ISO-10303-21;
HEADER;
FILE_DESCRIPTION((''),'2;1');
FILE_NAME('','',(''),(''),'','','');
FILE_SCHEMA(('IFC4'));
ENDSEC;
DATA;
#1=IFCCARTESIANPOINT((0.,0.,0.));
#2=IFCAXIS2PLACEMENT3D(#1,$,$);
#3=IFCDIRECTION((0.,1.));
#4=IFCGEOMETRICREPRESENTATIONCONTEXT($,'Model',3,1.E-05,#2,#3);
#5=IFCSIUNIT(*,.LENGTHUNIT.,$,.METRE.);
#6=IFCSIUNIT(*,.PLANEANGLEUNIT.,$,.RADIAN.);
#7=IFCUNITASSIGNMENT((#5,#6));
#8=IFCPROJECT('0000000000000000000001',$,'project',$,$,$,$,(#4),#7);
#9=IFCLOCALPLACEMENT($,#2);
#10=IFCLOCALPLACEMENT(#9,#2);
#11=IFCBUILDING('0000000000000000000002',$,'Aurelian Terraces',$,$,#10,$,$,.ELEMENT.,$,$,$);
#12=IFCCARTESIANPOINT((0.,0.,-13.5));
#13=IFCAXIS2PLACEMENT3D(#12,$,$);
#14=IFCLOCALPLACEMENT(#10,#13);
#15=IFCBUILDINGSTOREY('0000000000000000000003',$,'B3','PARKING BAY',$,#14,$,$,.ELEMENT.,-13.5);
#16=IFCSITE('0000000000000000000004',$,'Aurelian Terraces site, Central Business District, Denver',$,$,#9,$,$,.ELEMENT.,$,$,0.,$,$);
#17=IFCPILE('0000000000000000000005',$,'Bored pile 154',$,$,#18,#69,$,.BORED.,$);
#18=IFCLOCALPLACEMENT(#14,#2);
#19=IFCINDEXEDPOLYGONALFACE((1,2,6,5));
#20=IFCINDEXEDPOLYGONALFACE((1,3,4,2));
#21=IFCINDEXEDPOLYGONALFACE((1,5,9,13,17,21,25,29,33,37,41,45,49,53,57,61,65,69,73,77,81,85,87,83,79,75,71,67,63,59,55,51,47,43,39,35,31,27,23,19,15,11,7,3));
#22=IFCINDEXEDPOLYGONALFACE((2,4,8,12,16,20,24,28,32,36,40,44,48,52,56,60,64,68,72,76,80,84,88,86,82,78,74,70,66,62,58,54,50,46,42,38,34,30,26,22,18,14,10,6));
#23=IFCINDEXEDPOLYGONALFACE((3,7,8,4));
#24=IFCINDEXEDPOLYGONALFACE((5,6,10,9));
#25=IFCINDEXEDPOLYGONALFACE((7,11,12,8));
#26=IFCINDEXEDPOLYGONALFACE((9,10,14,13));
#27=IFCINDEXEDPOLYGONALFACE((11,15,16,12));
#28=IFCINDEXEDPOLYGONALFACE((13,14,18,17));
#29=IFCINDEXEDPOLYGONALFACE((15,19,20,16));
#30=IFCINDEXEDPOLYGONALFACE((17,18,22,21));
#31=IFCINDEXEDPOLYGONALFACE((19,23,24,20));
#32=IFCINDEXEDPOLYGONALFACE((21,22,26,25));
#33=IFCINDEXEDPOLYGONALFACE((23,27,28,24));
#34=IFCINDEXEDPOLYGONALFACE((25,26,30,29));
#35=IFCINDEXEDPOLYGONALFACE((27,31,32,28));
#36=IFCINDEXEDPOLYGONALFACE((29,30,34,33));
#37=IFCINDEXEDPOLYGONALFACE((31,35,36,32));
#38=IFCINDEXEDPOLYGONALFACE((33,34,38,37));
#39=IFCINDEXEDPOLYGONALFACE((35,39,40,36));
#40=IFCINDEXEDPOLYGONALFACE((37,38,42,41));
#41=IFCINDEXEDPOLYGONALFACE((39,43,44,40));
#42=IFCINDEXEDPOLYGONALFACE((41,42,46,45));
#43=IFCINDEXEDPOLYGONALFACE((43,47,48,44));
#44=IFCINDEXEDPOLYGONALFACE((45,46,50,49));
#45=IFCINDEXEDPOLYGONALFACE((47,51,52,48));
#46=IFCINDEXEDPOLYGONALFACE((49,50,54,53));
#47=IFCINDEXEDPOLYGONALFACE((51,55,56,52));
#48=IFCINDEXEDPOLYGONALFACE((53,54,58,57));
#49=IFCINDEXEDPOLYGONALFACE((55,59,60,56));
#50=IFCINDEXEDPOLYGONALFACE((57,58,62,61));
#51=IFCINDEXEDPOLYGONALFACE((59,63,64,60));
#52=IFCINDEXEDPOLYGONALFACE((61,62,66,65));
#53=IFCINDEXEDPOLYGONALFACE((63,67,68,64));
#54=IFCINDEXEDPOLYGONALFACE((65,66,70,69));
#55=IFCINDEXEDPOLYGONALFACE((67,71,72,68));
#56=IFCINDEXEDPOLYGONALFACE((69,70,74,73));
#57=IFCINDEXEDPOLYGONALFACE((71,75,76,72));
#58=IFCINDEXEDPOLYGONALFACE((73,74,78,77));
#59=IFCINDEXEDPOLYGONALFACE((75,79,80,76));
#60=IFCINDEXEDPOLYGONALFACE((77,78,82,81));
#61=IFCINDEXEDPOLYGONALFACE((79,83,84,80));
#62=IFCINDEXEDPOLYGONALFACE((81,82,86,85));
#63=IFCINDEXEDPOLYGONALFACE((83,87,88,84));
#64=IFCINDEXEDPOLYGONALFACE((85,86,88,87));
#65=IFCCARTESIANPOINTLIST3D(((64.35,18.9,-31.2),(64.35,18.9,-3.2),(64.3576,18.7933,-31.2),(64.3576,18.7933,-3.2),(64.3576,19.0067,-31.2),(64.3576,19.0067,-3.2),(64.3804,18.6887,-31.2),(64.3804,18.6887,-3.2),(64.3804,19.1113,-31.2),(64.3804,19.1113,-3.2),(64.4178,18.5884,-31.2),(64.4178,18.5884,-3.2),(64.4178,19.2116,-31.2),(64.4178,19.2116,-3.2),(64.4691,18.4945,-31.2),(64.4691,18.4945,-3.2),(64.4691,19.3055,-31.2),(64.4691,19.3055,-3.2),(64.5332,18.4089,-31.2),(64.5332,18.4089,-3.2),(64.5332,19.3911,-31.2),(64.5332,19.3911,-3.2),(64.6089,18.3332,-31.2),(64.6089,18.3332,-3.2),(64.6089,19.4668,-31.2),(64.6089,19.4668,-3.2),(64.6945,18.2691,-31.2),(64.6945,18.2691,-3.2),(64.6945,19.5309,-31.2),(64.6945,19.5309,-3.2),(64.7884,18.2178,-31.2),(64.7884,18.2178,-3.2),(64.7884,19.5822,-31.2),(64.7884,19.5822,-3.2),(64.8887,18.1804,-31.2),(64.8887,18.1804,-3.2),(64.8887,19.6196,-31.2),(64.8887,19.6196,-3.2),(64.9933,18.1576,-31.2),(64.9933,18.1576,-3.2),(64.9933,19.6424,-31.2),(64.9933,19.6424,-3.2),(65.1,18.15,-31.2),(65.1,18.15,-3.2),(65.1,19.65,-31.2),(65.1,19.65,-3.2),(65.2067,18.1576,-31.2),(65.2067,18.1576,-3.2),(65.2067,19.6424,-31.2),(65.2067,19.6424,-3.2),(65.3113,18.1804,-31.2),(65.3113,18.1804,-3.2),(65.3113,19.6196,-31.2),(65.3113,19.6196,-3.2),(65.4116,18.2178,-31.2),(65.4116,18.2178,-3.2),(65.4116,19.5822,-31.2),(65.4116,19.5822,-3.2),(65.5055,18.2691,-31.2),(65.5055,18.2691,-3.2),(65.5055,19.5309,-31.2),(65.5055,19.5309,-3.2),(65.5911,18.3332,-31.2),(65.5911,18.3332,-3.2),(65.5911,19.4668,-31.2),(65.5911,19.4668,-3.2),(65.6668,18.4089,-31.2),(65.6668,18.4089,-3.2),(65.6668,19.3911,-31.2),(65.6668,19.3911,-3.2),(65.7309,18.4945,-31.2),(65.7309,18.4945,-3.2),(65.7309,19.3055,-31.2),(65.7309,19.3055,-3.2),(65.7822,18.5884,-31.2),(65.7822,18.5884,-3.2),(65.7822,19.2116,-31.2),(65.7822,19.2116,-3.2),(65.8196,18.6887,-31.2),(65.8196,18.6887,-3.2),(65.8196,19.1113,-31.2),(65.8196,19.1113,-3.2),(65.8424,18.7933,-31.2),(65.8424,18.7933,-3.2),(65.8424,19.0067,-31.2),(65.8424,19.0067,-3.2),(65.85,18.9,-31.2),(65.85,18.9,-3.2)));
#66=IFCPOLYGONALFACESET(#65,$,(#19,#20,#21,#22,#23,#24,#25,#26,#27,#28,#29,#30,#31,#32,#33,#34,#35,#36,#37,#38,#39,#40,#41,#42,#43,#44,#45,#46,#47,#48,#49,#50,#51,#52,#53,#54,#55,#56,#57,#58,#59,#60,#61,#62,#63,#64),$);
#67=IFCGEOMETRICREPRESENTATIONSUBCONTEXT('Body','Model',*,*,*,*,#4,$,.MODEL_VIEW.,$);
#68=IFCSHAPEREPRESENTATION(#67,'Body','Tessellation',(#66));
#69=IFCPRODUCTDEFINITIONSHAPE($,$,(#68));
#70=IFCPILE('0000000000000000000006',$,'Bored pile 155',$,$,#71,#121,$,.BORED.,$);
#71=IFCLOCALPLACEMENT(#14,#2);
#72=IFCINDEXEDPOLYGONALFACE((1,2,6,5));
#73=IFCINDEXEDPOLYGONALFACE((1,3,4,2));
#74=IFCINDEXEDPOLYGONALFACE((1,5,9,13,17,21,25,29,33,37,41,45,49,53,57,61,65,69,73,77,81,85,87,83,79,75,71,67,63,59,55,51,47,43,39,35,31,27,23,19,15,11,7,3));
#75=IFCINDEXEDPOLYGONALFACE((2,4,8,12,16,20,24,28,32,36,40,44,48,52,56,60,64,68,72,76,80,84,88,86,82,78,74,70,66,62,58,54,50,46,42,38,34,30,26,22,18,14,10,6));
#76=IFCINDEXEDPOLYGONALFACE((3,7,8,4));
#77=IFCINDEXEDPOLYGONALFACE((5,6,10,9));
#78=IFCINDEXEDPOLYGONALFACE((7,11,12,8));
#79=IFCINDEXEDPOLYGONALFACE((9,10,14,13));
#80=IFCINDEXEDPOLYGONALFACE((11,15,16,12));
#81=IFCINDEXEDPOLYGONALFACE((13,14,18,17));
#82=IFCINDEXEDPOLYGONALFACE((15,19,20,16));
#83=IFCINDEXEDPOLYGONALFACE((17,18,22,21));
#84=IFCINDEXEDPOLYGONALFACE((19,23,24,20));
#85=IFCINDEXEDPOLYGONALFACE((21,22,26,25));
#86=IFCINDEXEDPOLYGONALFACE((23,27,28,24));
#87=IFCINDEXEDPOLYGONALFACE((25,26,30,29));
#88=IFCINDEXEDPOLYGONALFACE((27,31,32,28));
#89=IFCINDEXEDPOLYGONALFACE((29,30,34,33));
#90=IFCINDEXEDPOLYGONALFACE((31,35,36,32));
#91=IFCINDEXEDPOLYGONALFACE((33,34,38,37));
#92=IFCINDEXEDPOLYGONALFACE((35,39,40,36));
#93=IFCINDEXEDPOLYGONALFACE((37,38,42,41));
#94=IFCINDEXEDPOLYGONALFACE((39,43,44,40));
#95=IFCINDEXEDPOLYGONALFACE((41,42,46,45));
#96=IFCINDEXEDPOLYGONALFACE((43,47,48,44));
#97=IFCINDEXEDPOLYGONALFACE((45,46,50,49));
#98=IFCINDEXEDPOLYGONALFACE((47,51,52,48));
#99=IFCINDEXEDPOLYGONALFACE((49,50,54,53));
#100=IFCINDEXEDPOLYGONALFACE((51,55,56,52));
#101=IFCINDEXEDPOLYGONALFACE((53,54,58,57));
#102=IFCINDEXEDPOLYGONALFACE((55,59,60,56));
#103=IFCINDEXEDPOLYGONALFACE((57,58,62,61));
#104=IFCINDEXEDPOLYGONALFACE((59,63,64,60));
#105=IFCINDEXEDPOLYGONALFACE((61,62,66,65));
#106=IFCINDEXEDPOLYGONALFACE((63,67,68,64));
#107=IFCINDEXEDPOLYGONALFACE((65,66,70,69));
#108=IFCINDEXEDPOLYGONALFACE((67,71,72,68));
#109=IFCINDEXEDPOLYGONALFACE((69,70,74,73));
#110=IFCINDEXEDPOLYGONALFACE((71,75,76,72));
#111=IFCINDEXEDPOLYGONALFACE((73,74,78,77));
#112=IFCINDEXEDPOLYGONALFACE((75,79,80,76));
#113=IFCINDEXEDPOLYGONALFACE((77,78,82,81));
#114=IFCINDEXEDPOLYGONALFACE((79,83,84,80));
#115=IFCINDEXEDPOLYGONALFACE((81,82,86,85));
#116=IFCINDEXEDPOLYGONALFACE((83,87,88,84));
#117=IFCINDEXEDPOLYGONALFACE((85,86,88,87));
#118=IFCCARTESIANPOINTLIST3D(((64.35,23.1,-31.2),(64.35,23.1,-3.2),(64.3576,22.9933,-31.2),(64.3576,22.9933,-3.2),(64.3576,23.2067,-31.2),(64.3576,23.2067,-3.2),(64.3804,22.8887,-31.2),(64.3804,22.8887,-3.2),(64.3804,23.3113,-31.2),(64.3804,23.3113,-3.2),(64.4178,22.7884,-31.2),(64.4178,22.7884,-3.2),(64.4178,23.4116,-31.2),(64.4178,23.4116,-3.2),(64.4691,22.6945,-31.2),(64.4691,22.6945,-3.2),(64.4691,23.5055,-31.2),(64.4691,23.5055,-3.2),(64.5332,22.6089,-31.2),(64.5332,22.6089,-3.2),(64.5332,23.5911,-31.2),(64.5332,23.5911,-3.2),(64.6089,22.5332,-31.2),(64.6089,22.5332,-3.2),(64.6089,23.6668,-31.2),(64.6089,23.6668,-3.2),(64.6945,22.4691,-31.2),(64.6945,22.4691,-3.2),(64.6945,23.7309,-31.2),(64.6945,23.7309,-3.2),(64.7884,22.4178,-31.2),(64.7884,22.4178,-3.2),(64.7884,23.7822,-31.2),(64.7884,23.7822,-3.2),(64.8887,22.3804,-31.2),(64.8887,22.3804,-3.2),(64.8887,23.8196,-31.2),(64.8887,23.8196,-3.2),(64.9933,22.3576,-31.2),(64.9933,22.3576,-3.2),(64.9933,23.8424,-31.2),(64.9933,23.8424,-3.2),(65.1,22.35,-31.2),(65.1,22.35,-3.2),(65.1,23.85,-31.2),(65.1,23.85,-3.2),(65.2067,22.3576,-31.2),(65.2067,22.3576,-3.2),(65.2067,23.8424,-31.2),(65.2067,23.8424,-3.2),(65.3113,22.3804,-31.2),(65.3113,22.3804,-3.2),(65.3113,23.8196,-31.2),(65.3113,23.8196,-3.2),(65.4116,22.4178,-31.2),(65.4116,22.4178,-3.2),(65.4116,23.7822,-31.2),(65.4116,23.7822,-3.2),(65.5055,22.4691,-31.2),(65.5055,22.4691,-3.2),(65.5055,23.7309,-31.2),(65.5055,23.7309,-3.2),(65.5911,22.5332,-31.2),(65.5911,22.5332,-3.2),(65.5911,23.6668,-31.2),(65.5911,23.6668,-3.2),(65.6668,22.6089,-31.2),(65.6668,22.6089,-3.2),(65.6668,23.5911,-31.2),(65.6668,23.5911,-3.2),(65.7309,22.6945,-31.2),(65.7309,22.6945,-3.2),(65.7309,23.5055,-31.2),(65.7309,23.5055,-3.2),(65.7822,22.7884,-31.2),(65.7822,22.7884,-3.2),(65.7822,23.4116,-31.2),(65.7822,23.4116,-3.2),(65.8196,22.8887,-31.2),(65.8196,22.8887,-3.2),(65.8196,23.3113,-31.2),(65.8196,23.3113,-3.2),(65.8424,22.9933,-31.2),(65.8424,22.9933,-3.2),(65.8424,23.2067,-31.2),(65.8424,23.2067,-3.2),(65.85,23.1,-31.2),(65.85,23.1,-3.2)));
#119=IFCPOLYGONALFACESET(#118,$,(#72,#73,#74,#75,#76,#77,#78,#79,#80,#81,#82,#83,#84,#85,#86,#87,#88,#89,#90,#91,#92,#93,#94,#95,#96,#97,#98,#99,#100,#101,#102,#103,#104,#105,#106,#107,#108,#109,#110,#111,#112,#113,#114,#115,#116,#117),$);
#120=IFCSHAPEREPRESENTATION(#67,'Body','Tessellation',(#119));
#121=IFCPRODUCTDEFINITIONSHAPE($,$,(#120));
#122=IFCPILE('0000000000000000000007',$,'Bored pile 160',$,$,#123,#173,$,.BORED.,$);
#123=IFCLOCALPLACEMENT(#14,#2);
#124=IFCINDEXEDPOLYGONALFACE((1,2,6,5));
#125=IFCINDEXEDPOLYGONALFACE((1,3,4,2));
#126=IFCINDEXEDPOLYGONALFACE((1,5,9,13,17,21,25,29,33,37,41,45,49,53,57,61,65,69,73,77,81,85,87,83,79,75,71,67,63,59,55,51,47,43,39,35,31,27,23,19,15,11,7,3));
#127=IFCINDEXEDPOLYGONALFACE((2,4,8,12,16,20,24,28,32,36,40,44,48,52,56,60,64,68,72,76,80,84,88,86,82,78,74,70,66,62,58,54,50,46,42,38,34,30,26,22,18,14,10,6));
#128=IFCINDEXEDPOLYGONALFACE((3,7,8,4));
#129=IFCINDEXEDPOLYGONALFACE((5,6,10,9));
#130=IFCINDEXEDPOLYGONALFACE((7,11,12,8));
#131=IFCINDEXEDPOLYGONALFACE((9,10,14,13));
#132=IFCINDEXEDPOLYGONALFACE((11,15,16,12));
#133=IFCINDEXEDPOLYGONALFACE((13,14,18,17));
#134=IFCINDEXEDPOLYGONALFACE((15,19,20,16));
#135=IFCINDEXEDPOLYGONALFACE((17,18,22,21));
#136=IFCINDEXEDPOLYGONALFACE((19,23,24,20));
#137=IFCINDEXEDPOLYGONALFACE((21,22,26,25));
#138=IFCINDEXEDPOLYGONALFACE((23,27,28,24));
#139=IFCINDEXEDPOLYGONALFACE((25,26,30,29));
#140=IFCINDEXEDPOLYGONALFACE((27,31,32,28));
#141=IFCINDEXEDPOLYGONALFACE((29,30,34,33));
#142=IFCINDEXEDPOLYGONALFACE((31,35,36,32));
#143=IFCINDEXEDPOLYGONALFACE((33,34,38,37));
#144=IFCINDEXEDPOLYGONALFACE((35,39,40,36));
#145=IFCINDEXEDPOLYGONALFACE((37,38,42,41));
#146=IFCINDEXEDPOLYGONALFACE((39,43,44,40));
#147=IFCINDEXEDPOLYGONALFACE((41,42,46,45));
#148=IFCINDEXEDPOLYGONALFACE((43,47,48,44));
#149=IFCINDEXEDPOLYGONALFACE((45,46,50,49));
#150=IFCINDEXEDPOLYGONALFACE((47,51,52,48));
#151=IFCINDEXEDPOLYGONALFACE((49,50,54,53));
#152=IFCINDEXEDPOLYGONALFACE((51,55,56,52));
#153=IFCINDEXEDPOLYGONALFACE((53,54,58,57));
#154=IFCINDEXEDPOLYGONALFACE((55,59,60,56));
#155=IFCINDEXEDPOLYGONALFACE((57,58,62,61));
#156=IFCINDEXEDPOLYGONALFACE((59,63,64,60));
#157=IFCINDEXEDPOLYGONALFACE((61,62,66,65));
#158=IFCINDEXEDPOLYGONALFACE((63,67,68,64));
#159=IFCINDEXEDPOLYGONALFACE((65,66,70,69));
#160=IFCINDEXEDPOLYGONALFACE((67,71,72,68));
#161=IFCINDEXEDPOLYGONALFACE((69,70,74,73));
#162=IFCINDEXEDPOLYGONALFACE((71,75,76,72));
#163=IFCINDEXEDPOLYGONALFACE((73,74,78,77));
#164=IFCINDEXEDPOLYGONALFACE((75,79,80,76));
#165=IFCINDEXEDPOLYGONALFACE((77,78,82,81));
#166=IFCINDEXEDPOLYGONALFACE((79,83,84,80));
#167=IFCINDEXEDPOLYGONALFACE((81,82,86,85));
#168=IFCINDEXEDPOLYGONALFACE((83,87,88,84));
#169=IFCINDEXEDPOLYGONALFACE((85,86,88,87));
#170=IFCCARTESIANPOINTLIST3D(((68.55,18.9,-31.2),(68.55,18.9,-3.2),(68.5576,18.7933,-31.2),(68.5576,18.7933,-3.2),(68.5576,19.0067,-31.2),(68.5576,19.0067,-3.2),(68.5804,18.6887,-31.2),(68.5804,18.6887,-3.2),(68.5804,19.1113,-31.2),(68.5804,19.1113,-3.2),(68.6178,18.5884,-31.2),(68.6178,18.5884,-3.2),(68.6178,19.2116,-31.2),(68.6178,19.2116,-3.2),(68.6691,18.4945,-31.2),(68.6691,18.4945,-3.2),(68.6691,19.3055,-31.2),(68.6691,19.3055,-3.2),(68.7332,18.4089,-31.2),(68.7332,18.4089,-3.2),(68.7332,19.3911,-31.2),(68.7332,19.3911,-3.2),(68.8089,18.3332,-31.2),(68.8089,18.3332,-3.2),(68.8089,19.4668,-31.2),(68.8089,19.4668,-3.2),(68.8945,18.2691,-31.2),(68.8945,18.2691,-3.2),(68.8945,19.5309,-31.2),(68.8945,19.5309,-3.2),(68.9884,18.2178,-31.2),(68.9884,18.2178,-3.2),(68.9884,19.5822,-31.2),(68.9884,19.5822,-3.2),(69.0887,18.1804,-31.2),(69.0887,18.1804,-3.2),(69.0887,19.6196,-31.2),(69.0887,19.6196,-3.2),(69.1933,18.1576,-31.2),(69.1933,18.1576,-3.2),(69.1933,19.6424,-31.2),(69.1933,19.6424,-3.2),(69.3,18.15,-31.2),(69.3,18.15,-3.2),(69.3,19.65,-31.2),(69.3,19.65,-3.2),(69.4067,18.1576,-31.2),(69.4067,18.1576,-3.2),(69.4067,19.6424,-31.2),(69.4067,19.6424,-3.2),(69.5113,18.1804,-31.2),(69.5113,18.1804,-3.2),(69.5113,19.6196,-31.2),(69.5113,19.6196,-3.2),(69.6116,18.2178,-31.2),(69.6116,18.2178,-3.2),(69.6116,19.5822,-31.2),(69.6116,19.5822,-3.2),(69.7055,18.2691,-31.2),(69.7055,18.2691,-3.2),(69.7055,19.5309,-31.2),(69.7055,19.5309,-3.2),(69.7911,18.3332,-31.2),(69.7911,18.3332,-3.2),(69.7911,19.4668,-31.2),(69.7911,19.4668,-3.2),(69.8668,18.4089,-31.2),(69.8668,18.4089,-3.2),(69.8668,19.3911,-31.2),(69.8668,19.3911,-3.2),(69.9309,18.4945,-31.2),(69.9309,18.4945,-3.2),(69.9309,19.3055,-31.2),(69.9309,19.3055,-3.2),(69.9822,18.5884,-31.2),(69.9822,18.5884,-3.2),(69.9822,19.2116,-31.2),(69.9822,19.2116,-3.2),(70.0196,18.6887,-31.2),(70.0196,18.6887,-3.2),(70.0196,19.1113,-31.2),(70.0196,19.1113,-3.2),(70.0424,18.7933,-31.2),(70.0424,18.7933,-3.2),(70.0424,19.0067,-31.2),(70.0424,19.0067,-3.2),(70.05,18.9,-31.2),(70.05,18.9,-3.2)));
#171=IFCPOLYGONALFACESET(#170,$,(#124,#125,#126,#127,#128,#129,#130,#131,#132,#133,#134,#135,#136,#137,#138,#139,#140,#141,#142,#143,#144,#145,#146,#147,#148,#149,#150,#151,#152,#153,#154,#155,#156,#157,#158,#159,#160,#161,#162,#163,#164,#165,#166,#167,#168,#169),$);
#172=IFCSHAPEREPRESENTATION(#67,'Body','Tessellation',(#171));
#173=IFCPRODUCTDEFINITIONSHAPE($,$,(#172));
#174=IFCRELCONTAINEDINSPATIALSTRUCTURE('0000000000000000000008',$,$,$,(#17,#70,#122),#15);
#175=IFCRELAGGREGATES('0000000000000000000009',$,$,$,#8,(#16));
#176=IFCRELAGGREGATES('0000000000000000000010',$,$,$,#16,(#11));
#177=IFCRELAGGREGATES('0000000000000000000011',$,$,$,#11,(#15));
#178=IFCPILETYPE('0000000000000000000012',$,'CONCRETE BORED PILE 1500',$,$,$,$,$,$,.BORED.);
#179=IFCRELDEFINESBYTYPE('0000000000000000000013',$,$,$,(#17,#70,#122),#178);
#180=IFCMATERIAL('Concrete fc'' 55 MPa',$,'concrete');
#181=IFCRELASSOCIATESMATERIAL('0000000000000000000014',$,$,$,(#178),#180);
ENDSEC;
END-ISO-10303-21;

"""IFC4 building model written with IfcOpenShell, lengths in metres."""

from ifc_helpers import new_model, si_unit, direction, frame, origin, origin_2d, place, context, subcontext, project, spatial, circle, extrude, source, transform, mapped, material, material_profile, profile_set, type_object, element, save


model = new_model("IFC4")

# Units and contexts
model_context = context("Model", 3, precision=1e-05, world=origin(), true_north=direction((0.0, 1.0)))
body_context = subcontext(model_context, "Body", "Model", "MODEL_VIEW")
ifc_project = project(units=[si_unit("LENGTHUNIT", "METRE"), si_unit("PLANEANGLEUNIT", "RADIAN")], contexts=[model_context])

# Site, building, storey
site_placement = place(None, origin())
site = spatial("IfcSite", under=ifc_project, at=site_placement, Name="Aurelian Terraces site, Central Business District, Denver", CompositionType="ELEMENT", RefElevation=0.0)
building_placement = place(site_placement, origin())
building = spatial("IfcBuilding", under=site, at=building_placement, Name="Aurelian Terraces", CompositionType="ELEMENT")
storey_placement = place(building_placement, frame((0.0, 0.0, -13.5)))
storey = spatial("IfcBuildingStorey", under=building, at=storey_placement, Name="B3", Description="PARKING BAY", CompositionType="ELEMENT", Elevation=-13.5)

# Piles
ifc_material_1 = material(Name="Concrete fc' 55 MPa", Category="concrete")
ifc_material_profile_1 = material_profile(ifc_material_1, circle(Radius=0.75, at=origin_2d()))
ifc_profile_set_1 = profile_set([ifc_material_profile_1], Name="Concrete fc' 55 MPa")
pile_type = type_object("IfcPileType", Name="CONCRETE BORED PILE 1500", PredefinedType="BORED", material=ifc_profile_set_1)
shared_shape_1 = source(origin(), body_context, "Body", "SweptSolid", [
    extrude(circle(Radius=0.75, at=origin_2d()), origin(), (0.0, 0.0, 1.0), 28.0),
])
for number, where, z_axis, x_axis, name in (
    (1, (65.1, 18.9, -3.2), (0.0, 0.0, -1.0), (1.0, 0.0, 0.0), "Bored pile 154"),
    (2, (65.1, 23.1, -3.2), (0.0, 0.0, -1.0), (1.0, 0.0, 0.0), "Bored pile 155"),
    (3, (69.3, 18.9, -3.2), (0.0, 0.0, -1.0), (1.0, 0.0, 0.0), "Bored pile 160"),
):
    element("IfcPile", number, at=place(storey_placement, frame(where, z_axis=z_axis, x_axis=x_axis)), inside=storey, type_object=pile_type, Name=name, PredefinedType="BORED", context=body_context, shape_type="MappedRepresentation", body=[
        mapped(shared_shape_1, transform((0.0, 0.0, 0.0), scale=1.0)),
    ])

save(model, "model.ifc")
